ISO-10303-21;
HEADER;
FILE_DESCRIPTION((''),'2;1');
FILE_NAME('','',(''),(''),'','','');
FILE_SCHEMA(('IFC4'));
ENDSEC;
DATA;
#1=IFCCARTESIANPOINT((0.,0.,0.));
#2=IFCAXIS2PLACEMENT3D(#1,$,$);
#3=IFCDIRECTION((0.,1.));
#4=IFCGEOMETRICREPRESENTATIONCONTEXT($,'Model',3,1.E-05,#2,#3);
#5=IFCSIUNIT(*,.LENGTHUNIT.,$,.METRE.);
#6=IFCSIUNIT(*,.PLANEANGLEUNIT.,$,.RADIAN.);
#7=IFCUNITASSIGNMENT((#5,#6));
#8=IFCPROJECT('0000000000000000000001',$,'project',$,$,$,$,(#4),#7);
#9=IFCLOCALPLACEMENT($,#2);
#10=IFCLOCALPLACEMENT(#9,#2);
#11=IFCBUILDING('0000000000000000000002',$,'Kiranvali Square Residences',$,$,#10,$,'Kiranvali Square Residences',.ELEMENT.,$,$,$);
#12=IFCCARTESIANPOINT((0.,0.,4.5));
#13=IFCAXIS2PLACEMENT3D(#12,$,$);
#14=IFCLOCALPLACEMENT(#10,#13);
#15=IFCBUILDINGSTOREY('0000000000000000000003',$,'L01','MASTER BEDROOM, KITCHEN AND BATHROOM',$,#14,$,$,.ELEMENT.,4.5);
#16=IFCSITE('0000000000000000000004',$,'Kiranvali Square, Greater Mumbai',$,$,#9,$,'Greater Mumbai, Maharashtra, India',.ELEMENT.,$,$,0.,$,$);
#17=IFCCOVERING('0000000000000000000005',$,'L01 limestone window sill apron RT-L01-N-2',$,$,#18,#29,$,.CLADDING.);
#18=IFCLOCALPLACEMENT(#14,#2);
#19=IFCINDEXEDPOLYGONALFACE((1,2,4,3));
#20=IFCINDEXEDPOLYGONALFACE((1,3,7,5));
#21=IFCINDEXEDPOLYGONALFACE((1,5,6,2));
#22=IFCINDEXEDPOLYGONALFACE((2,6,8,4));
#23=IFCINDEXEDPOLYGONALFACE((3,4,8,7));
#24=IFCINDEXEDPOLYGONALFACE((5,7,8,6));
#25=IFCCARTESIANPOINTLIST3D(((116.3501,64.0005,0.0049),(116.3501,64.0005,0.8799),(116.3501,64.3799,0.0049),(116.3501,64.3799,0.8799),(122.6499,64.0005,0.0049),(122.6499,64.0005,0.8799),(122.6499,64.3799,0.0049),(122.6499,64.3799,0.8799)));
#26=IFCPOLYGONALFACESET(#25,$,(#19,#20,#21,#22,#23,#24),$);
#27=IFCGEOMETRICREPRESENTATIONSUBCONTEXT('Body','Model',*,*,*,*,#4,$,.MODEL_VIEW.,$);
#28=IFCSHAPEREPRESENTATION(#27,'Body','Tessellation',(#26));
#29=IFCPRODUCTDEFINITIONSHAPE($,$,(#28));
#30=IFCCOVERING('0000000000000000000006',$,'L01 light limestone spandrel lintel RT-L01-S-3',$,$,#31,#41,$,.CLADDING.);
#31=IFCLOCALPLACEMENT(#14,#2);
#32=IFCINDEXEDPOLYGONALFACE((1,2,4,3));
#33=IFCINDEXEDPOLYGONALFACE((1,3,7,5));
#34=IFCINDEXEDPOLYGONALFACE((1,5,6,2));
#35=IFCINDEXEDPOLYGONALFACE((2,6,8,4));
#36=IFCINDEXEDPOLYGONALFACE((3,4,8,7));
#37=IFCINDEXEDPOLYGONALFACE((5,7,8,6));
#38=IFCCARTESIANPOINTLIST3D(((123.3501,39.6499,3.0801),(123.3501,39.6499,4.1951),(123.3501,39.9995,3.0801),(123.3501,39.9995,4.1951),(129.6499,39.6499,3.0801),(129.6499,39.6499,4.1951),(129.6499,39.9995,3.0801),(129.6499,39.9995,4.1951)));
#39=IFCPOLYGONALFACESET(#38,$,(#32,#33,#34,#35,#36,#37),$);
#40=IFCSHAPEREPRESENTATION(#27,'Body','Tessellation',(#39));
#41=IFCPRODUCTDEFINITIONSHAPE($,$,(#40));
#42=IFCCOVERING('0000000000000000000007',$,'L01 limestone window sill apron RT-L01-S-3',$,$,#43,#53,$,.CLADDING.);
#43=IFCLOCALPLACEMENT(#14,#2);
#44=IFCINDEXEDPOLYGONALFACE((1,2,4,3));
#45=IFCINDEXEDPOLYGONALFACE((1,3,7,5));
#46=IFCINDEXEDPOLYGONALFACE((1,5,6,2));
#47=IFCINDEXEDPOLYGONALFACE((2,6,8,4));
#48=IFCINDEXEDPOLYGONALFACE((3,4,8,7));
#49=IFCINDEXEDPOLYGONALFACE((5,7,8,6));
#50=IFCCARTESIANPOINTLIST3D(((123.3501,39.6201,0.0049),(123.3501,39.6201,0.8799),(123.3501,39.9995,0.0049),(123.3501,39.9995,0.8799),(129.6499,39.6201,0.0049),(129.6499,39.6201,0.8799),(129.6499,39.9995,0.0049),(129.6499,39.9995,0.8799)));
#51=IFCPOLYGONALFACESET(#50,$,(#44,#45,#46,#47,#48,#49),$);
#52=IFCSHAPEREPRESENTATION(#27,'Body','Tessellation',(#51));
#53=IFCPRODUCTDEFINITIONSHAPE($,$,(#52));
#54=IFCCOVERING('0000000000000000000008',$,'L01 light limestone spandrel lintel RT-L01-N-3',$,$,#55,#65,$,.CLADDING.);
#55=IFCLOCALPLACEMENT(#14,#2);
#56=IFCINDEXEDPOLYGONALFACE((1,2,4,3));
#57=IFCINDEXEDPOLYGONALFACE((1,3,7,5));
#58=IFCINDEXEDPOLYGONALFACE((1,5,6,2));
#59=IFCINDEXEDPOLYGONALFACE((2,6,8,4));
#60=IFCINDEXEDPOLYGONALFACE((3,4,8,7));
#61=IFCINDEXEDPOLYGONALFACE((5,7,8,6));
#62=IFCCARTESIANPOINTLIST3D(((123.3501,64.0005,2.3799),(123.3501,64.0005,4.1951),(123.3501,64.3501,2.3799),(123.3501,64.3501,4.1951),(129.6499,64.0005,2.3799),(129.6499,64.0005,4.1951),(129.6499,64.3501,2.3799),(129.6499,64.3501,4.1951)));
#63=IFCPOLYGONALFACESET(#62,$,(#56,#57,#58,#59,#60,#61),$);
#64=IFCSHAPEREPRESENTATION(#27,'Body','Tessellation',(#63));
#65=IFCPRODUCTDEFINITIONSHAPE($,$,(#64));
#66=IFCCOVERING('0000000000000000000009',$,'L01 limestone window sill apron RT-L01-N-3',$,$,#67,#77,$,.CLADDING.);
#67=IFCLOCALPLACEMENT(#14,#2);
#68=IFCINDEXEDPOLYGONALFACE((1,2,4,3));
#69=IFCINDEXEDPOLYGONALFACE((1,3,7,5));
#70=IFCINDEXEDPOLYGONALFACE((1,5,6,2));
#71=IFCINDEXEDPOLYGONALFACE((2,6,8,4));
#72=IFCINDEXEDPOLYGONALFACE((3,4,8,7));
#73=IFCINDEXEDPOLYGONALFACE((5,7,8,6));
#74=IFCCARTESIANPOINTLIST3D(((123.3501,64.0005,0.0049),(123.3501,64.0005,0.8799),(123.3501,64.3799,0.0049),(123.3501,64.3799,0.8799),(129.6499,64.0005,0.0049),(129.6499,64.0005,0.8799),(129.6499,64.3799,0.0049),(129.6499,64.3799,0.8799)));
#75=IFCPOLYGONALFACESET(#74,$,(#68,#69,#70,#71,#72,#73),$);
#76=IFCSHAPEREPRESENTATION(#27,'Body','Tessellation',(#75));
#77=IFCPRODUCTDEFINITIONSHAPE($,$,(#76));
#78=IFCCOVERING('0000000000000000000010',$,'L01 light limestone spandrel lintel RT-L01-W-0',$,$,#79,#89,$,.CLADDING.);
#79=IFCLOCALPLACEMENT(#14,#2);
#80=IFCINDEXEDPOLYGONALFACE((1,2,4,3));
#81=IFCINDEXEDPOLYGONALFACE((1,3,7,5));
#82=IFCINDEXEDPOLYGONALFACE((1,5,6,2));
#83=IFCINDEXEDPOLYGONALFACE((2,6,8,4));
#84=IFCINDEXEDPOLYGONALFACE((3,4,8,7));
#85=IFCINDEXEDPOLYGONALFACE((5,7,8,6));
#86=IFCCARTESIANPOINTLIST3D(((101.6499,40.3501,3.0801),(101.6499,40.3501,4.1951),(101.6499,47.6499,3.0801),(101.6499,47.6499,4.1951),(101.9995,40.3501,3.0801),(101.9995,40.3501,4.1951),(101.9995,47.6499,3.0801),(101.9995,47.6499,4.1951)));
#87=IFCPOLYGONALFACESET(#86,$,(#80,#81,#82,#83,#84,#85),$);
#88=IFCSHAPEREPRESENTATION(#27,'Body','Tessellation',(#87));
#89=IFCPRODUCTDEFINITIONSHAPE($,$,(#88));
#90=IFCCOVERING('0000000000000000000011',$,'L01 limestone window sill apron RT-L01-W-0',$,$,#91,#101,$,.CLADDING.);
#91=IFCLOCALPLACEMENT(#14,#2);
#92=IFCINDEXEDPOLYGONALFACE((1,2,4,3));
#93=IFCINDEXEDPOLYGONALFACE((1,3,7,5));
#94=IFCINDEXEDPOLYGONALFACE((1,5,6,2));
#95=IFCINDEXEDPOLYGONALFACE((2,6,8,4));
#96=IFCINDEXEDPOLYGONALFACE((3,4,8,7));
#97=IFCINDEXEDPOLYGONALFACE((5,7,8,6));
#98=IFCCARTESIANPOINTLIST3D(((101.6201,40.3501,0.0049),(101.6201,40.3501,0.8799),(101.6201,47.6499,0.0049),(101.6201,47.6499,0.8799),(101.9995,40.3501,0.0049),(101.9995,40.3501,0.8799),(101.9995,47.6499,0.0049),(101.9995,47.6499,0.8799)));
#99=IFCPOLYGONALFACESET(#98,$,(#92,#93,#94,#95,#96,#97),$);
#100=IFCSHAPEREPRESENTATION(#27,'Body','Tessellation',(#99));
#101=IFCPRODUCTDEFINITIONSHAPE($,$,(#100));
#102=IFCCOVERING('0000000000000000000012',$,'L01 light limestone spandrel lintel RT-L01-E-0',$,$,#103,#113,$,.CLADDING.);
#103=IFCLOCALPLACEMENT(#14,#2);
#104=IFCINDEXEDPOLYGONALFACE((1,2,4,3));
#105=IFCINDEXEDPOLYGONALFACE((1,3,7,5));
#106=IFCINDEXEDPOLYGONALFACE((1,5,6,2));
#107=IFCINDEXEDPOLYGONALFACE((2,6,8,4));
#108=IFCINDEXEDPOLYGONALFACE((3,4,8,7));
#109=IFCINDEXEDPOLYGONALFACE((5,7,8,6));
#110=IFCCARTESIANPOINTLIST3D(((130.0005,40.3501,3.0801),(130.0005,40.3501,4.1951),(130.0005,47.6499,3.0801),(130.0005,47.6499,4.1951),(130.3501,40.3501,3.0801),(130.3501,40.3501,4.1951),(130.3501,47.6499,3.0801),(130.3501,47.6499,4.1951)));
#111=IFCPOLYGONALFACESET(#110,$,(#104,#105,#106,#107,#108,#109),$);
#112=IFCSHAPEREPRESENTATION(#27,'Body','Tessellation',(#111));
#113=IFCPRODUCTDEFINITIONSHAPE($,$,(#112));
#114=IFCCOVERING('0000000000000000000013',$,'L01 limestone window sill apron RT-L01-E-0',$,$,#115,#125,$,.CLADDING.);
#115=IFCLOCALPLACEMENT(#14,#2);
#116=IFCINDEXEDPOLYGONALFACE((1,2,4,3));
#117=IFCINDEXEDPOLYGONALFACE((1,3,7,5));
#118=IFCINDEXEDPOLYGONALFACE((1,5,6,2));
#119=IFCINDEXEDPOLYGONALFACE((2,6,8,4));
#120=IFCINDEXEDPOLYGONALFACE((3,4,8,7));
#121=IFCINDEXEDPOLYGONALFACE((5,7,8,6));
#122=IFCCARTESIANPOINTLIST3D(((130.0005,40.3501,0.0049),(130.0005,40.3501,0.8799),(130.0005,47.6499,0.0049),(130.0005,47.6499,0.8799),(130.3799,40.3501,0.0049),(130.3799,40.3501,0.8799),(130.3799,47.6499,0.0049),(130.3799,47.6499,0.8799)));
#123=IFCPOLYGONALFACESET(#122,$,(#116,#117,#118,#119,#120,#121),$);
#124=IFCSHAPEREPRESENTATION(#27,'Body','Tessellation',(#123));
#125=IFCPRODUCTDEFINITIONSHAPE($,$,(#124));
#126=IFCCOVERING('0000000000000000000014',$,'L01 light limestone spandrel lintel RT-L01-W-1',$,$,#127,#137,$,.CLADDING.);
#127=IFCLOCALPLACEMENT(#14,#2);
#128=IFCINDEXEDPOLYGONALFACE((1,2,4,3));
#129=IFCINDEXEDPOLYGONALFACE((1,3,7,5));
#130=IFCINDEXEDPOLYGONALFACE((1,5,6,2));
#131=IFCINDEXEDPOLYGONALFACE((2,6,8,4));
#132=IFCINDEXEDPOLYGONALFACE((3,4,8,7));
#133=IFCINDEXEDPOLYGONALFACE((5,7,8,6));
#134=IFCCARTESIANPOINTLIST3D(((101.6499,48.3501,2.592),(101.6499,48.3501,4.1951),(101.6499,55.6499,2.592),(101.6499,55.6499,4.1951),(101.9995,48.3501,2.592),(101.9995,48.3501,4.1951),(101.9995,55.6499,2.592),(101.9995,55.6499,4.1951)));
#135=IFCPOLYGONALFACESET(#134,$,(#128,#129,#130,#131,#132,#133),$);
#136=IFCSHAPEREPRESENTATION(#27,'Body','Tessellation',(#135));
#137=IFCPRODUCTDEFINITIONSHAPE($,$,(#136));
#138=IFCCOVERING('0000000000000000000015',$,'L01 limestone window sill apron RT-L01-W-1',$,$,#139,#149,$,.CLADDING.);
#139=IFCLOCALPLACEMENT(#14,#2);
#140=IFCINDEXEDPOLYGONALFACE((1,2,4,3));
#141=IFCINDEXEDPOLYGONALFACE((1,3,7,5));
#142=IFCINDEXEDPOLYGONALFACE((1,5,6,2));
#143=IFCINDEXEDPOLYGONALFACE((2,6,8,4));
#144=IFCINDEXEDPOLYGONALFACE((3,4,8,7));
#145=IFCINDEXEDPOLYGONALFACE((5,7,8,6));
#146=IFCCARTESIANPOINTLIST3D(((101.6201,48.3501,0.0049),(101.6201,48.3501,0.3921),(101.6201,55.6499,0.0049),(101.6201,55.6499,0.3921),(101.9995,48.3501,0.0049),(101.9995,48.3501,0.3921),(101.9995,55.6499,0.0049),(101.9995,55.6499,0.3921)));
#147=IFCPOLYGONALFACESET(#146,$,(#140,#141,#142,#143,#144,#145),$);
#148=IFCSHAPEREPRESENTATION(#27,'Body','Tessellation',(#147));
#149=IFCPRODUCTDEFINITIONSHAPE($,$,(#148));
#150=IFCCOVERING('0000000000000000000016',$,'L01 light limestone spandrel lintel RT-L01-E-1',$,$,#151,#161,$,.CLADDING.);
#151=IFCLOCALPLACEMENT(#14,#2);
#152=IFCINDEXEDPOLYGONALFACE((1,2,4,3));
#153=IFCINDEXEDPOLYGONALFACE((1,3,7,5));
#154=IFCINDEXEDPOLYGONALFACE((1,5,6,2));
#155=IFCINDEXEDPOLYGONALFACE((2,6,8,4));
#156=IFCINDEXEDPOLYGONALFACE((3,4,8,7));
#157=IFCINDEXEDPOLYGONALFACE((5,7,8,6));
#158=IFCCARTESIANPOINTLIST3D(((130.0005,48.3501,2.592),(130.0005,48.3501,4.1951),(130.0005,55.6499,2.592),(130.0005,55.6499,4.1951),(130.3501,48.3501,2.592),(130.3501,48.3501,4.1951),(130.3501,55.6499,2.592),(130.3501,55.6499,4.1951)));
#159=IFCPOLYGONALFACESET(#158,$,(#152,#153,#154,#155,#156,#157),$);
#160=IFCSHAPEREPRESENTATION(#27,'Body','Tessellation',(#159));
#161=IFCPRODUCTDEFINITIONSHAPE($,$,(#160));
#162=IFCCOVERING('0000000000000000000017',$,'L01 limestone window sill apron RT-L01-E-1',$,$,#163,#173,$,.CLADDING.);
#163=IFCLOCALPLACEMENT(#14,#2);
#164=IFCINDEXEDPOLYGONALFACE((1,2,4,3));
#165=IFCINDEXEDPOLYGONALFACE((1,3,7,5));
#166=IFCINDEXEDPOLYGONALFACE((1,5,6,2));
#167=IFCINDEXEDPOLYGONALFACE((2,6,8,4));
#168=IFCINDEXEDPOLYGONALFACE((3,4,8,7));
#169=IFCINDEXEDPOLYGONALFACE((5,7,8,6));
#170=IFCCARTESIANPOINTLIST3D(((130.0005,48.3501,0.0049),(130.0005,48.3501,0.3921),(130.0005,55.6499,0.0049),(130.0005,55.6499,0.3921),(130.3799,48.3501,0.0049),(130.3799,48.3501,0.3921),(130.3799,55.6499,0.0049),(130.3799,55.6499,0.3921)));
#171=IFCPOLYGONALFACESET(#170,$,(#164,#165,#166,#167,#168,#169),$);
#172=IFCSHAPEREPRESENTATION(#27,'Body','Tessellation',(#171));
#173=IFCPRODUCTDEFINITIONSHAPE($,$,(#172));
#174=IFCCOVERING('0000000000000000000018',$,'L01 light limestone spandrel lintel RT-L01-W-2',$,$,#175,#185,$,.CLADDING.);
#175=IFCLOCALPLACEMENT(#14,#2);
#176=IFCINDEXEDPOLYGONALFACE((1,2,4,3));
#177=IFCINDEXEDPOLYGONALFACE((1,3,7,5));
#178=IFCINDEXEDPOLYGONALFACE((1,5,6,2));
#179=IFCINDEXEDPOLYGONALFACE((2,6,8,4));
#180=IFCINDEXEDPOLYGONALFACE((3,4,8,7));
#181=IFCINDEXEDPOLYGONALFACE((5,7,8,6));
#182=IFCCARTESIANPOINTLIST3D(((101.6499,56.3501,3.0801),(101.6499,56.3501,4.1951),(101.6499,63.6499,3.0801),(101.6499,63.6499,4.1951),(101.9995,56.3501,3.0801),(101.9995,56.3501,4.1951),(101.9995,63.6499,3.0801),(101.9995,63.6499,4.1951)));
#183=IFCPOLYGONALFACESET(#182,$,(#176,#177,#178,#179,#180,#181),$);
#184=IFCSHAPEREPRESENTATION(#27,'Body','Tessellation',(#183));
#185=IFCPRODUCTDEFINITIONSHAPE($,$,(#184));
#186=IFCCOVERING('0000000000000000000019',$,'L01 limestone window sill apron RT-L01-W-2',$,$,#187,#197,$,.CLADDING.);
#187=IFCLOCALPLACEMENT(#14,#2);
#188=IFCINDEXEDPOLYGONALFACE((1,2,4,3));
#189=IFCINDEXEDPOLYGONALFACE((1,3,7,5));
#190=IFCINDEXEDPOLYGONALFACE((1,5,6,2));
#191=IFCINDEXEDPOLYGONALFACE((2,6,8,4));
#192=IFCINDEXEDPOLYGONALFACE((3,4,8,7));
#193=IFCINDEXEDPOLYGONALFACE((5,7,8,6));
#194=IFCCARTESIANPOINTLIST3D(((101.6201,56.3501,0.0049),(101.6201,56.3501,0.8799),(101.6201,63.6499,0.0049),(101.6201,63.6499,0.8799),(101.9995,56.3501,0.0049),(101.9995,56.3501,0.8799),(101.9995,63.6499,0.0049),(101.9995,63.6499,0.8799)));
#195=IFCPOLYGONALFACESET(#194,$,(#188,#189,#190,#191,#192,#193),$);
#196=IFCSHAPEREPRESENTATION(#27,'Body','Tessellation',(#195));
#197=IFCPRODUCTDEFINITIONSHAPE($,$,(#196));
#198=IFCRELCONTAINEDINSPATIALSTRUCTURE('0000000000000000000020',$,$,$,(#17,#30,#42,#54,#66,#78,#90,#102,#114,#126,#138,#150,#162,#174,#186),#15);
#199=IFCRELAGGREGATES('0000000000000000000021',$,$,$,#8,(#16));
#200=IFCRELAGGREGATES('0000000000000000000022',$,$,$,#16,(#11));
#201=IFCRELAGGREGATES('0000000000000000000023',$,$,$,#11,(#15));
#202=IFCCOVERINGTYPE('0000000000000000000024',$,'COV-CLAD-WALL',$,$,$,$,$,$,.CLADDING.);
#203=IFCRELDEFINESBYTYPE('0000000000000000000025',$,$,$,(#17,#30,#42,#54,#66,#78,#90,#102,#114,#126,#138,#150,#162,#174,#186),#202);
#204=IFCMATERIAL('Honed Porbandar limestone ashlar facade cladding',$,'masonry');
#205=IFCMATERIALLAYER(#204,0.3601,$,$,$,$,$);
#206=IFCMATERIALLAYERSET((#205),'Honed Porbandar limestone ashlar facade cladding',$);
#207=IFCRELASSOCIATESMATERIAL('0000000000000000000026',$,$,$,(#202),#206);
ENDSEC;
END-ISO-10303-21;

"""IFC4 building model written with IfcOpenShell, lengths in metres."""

from ifc_helpers import new_model, si_unit, direction, frame, origin, place, context, subcontext, project, spatial, polyline, outline, extrude, material, layer, layer_set, type_object, element, save


model = new_model("IFC4")

# Units and contexts
model_context = context("Model", 3, precision=1e-05, world=origin(), true_north=direction((0.0, 1.0)))
body_context = subcontext(model_context, "Body", "Model", "MODEL_VIEW")
ifc_project = project(units=[si_unit("LENGTHUNIT", "METRE"), si_unit("PLANEANGLEUNIT", "RADIAN")], contexts=[model_context])

# Site, building, storey
site_placement = place(None, origin())
site = spatial("IfcSite", under=ifc_project, at=site_placement, Name="Kiranvali Square, Greater Mumbai", LongName="Greater Mumbai, Maharashtra, India", CompositionType="ELEMENT", RefElevation=0.0)
building_placement = place(site_placement, origin())
building = spatial("IfcBuilding", under=site, at=building_placement, Name="Kiranvali Square Residences", LongName="Kiranvali Square Residences", CompositionType="ELEMENT")
storey_placement = place(building_placement, frame((0.0, 0.0, 4.5)))
storey = spatial("IfcBuildingStorey", under=building, at=storey_placement, Name="L01", Description="MASTER BEDROOM, KITCHEN AND BATHROOM", CompositionType="ELEMENT", Elevation=4.5)

# Coverings
ifc_material = material(Name="Honed Porbandar limestone ashlar facade cladding", Category="masonry")
ifc_layer_1 = layer(ifc_material, 0.3601)
ifc_layer_set_1 = layer_set([ifc_layer_1], Name="Honed Porbandar limestone ashlar facade cladding")
covering_type_1 = type_object("IfcCoveringType", Name="COV-CLAD-WALL", PredefinedType="CLADDING", material=ifc_layer_set_1)
covering_1_placement = place(storey_placement, frame((0.0, 0.0, 0.0049)))
element("IfcCovering", 1, at=covering_1_placement, inside=storey, type_object=covering_type_1, Name="L01 limestone window sill apron RT-L01-N-2", PredefinedType="CLADDING", context=body_context, shape_type="SweptSolid", body=[
    extrude(outline(polyline([(116.3501, 64.0005), (122.6499, 64.0005), (122.6499, 64.3799), (116.3501, 64.3799), (116.3501, 64.0005)])), origin(), (0.0, 0.0, 1.0), 0.875),
])
covering_2_placement = place(storey_placement, frame((0.0, 0.0, 3.0801)))
element("IfcCovering", 2, at=covering_2_placement, inside=storey, type_object=covering_type_1, Name="L01 light limestone spandrel lintel RT-L01-S-3", PredefinedType="CLADDING", context=body_context, shape_type="SweptSolid", body=[
    extrude(outline(polyline([(123.3501, 39.6499), (129.6499, 39.6499), (129.6499, 39.9995), (123.3501, 39.9995), (123.3501, 39.6499)])), origin(), (0.0, 0.0, 1.0), 1.115),
])
covering_3_placement = place(storey_placement, frame((0.0, 0.0, 0.0049)))
element("IfcCovering", 3, at=covering_3_placement, inside=storey, type_object=covering_type_1, Name="L01 limestone window sill apron RT-L01-S-3", PredefinedType="CLADDING", context=body_context, shape_type="SweptSolid", body=[
    extrude(outline(polyline([(123.3501, 39.6201), (129.6499, 39.6201), (129.6499, 39.9995), (123.3501, 39.9995), (123.3501, 39.6201)])), origin(), (0.0, 0.0, 1.0), 0.875),
])
covering_4_placement = place(storey_placement, frame((0.0, 0.0, 2.3799)))
element("IfcCovering", 4, at=covering_4_placement, inside=storey, type_object=covering_type_1, Name="L01 light limestone spandrel lintel RT-L01-N-3", PredefinedType="CLADDING", context=body_context, shape_type="SweptSolid", body=[
    extrude(outline(polyline([(123.3501, 64.0005), (129.6499, 64.0005), (129.6499, 64.3501), (123.3501, 64.3501), (123.3501, 64.0005)])), origin(), (0.0, 0.0, 1.0), 1.8152),
])
covering_5_placement = place(storey_placement, frame((0.0, 0.0, 0.0049)))
element("IfcCovering", 5, at=covering_5_placement, inside=storey, type_object=covering_type_1, Name="L01 limestone window sill apron RT-L01-N-3", PredefinedType="CLADDING", context=body_context, shape_type="SweptSolid", body=[
    extrude(outline(polyline([(123.3501, 64.0005), (129.6499, 64.0005), (129.6499, 64.3799), (123.3501, 64.3799), (123.3501, 64.0005)])), origin(), (0.0, 0.0, 1.0), 0.875),
])
covering_6_placement = place(storey_placement, frame((0.0, 0.0, 3.0801)))
element("IfcCovering", 6, at=covering_6_placement, inside=storey, type_object=covering_type_1, Name="L01 light limestone spandrel lintel RT-L01-W-0", PredefinedType="CLADDING", context=body_context, shape_type="SweptSolid", body=[
    extrude(outline(polyline([(101.9995, 40.3501), (101.9995, 47.6499), (101.6499, 47.6499), (101.6499, 40.3501), (101.9995, 40.3501)])), origin(), (0.0, 0.0, 1.0), 1.115),
])
covering_7_placement = place(storey_placement, frame((0.0, 0.0, 0.0049)))
element("IfcCovering", 7, at=covering_7_placement, inside=storey, type_object=covering_type_1, Name="L01 limestone window sill apron RT-L01-W-0", PredefinedType="CLADDING", context=body_context, shape_type="SweptSolid", body=[
    extrude(outline(polyline([(101.9995, 40.3501), (101.9995, 47.6499), (101.6201, 47.6499), (101.6201, 40.3501), (101.9995, 40.3501)])), origin(), (0.0, 0.0, 1.0), 0.875),
])
covering_8_placement = place(storey_placement, frame((0.0, 0.0, 3.0801)))
element("IfcCovering", 8, at=covering_8_placement, inside=storey, type_object=covering_type_1, Name="L01 light limestone spandrel lintel RT-L01-E-0", PredefinedType="CLADDING", context=body_context, shape_type="SweptSolid", body=[
    extrude(outline(polyline([(130.3501, 40.3501), (130.3501, 47.6499), (130.0005, 47.6499), (130.0005, 40.3501), (130.3501, 40.3501)])), origin(), (0.0, 0.0, 1.0), 1.115),
])
covering_9_placement = place(storey_placement, frame((0.0, 0.0, 0.0049)))
element("IfcCovering", 9, at=covering_9_placement, inside=storey, type_object=covering_type_1, Name="L01 limestone window sill apron RT-L01-E-0", PredefinedType="CLADDING", context=body_context, shape_type="SweptSolid", body=[
    extrude(outline(polyline([(130.3799, 40.3501), (130.3799, 47.6499), (130.0005, 47.6499), (130.0005, 40.3501), (130.3799, 40.3501)])), origin(), (0.0, 0.0, 1.0), 0.875),
])
covering_10_placement = place(storey_placement, frame((0.0, 0.0, 2.592)))
element("IfcCovering", 10, at=covering_10_placement, inside=storey, type_object=covering_type_1, Name="L01 light limestone spandrel lintel RT-L01-W-1", PredefinedType="CLADDING", context=body_context, shape_type="SweptSolid", body=[
    extrude(outline(polyline([(101.9995, 48.3501), (101.9995, 55.6499), (101.6499, 55.6499), (101.6499, 48.3501), (101.9995, 48.3501)])), origin(), (0.0, 0.0, 1.0), 1.603),
])
covering_11_placement = place(storey_placement, frame((0.0, 0.0, 0.0049)))
element("IfcCovering", 11, at=covering_11_placement, inside=storey, type_object=covering_type_1, Name="L01 limestone window sill apron RT-L01-W-1", PredefinedType="CLADDING", context=body_context, shape_type="SweptSolid", body=[
    extrude(outline(polyline([(101.9995, 48.3501), (101.9995, 55.6499), (101.6201, 55.6499), (101.6201, 48.3501), (101.9995, 48.3501)])), origin(), (0.0, 0.0, 1.0), 0.3872),
])
covering_12_placement = place(storey_placement, frame((0.0, 0.0, 2.592)))
element("IfcCovering", 12, at=covering_12_placement, inside=storey, type_object=covering_type_1, Name="L01 light limestone spandrel lintel RT-L01-E-1", PredefinedType="CLADDING", context=body_context, shape_type="SweptSolid", body=[
    extrude(outline(polyline([(130.3501, 48.3501), (130.3501, 55.6499), (130.0005, 55.6499), (130.0005, 48.3501), (130.3501, 48.3501)])), origin(), (0.0, 0.0, 1.0), 1.603),
])
covering_13_placement = place(storey_placement, frame((0.0, 0.0, 0.0049)))
element("IfcCovering", 13, at=covering_13_placement, inside=storey, type_object=covering_type_1, Name="L01 limestone window sill apron RT-L01-E-1", PredefinedType="CLADDING", context=body_context, shape_type="SweptSolid", body=[
    extrude(outline(polyline([(130.3799, 48.3501), (130.3799, 55.6499), (130.0005, 55.6499), (130.0005, 48.3501), (130.3799, 48.3501)])), origin(), (0.0, 0.0, 1.0), 0.3872),
])
covering_14_placement = place(storey_placement, frame((0.0, 0.0, 3.0801)))
element("IfcCovering", 14, at=covering_14_placement, inside=storey, type_object=covering_type_1, Name="L01 light limestone spandrel lintel RT-L01-W-2", PredefinedType="CLADDING", context=body_context, shape_type="SweptSolid", body=[
    extrude(outline(polyline([(101.9995, 56.3501), (101.9995, 63.6499), (101.6499, 63.6499), (101.6499, 56.3501), (101.9995, 56.3501)])), origin(), (0.0, 0.0, 1.0), 1.115),
])
covering_15_placement = place(storey_placement, frame((0.0, 0.0, 0.0049)))
element("IfcCovering", 15, at=covering_15_placement, inside=storey, type_object=covering_type_1, Name="L01 limestone window sill apron RT-L01-W-2", PredefinedType="CLADDING", context=body_context, shape_type="SweptSolid", body=[
    extrude(outline(polyline([(101.9995, 56.3501), (101.9995, 63.6499), (101.6201, 63.6499), (101.6201, 56.3501), (101.9995, 56.3501)])), origin(), (0.0, 0.0, 1.0), 0.875),
])

save(model, "model.ifc")
